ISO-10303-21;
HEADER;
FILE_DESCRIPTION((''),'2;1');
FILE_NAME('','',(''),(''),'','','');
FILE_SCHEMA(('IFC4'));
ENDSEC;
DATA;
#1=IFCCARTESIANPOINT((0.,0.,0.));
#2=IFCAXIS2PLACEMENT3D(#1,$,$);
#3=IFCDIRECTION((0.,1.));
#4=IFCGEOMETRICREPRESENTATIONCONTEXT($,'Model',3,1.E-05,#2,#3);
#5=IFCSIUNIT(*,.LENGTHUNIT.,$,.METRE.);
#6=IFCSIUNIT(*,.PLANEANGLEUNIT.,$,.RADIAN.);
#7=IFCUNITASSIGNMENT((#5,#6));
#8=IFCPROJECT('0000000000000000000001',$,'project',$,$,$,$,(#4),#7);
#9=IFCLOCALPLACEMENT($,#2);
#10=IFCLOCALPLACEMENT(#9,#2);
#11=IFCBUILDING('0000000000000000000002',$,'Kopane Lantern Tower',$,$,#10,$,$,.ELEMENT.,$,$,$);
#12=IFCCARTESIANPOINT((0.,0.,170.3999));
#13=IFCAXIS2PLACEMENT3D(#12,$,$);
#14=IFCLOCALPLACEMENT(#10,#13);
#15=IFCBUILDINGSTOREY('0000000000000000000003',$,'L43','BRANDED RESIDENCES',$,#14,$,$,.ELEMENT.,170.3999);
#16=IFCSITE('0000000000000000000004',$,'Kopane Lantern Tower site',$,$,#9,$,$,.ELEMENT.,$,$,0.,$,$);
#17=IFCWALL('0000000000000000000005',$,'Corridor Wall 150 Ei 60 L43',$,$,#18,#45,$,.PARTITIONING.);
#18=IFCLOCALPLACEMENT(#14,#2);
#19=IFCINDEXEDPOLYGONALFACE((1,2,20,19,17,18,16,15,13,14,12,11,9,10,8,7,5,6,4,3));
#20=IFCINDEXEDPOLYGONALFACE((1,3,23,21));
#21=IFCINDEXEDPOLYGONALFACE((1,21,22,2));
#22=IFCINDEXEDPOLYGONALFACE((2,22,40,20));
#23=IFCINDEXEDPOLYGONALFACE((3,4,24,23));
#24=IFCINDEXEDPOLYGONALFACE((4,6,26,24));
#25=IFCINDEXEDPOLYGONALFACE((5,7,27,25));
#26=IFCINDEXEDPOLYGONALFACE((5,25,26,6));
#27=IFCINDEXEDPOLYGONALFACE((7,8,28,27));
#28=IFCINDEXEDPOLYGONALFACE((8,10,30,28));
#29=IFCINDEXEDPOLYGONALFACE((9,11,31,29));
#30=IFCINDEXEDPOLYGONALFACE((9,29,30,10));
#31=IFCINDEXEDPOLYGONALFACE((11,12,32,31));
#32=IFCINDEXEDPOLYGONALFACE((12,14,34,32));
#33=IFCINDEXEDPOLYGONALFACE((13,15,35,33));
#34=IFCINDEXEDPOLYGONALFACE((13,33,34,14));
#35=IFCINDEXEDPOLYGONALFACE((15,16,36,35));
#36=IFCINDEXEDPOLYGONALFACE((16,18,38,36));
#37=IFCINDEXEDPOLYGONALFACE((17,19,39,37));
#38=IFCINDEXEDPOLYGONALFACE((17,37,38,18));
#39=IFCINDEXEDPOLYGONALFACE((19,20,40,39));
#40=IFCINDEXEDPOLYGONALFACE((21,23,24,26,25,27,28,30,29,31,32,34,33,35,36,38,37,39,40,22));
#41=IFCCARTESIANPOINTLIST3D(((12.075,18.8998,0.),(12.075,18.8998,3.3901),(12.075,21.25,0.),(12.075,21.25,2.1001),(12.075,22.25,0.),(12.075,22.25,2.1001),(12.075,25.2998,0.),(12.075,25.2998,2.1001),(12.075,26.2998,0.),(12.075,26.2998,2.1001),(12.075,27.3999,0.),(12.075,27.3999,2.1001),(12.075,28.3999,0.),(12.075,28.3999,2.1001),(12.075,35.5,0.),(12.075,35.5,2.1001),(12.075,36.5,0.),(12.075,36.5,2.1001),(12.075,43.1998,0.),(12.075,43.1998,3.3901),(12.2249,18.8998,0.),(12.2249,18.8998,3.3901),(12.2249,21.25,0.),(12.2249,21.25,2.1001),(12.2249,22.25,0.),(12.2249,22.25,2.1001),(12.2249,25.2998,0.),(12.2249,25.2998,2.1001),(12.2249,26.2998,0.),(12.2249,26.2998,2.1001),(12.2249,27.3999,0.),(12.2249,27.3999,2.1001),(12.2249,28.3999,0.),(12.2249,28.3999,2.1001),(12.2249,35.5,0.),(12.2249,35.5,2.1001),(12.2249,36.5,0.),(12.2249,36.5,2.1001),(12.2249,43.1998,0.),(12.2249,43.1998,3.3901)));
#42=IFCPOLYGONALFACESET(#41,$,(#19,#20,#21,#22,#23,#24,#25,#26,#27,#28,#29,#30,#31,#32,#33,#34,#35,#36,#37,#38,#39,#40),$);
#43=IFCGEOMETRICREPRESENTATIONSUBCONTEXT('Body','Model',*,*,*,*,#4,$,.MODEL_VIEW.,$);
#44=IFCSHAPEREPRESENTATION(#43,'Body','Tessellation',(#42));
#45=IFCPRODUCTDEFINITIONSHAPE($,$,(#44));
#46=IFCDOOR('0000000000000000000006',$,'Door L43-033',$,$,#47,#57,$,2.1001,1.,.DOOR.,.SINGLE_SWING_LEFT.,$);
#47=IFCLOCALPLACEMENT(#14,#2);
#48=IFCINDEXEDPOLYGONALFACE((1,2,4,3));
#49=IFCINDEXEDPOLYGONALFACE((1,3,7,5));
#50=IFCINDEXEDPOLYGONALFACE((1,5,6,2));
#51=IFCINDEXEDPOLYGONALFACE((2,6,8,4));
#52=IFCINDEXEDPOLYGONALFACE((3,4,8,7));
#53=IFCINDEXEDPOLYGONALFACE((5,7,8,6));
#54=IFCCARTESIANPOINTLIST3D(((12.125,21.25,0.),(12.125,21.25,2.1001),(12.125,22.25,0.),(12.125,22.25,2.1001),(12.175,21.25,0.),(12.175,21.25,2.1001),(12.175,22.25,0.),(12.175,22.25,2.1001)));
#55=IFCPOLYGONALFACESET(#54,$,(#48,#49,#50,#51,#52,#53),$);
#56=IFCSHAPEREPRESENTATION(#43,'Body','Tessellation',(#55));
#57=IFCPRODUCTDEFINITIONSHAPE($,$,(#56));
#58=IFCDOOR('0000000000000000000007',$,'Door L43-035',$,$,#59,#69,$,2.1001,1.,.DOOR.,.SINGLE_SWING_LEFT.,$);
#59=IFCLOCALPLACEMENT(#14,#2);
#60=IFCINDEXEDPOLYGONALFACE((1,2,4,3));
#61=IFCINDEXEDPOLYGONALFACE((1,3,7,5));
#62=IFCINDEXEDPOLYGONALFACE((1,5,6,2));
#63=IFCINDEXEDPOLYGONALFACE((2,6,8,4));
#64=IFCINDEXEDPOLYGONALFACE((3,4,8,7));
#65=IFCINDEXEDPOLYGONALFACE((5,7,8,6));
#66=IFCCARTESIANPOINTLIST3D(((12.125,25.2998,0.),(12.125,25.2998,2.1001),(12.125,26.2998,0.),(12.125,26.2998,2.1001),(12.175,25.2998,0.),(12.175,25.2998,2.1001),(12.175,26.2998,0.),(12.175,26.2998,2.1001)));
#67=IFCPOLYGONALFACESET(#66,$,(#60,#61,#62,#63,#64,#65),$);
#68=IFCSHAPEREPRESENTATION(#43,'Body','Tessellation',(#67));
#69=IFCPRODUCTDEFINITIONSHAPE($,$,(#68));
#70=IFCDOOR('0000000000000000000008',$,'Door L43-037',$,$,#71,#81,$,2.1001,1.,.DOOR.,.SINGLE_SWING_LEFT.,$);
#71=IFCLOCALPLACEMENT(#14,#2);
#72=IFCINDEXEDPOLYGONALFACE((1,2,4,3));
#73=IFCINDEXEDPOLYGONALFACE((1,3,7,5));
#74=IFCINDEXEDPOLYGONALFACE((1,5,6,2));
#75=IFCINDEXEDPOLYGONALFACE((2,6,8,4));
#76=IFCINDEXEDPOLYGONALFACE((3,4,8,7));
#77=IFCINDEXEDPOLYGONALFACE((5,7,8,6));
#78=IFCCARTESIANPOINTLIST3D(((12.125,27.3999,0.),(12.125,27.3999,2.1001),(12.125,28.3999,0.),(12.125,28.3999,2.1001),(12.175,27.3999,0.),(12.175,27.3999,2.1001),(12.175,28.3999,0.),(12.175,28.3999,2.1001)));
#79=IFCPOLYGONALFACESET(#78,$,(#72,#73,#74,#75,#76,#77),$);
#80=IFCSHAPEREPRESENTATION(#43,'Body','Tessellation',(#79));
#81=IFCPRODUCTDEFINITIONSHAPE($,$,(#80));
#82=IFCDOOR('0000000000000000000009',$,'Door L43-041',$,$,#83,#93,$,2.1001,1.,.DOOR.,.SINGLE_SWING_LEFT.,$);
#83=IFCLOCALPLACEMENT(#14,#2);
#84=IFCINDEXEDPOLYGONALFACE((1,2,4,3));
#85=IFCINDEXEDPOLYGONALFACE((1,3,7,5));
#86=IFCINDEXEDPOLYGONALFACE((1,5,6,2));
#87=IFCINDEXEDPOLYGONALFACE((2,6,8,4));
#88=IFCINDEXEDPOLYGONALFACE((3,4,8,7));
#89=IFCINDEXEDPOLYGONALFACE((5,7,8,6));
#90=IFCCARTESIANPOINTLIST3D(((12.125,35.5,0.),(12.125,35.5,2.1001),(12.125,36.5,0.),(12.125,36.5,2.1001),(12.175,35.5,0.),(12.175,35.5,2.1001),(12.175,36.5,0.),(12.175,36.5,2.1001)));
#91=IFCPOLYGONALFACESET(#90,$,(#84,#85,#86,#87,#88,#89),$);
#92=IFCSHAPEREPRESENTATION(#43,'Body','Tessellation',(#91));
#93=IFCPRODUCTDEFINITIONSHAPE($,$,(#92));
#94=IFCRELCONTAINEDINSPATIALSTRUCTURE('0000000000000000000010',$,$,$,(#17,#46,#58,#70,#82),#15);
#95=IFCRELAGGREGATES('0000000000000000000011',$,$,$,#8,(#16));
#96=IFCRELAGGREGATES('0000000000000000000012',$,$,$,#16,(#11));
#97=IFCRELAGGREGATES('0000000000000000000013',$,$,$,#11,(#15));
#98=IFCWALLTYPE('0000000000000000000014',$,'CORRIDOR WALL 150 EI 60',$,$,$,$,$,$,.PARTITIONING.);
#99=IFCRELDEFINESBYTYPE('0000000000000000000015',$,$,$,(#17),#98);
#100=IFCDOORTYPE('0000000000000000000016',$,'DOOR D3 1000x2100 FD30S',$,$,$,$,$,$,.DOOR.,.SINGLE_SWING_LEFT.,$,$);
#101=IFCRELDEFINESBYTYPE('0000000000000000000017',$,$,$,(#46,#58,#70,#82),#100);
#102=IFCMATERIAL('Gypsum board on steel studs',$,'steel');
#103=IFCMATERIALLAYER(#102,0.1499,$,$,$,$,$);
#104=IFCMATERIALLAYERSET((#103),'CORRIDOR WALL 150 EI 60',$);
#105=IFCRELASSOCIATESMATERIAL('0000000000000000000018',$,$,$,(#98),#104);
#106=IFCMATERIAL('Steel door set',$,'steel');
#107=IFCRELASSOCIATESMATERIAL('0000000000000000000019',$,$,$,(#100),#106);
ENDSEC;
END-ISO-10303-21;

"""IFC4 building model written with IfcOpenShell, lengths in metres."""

from ifc_helpers import new_model, si_unit, direction, frame, frame_2d, origin, place, context, subcontext, project, spatial, rectangle, extrude, material, layer, layer_set, type_object, element, fill, save


model = new_model("IFC4")

# Units and contexts
model_context = context("Model", 3, precision=1e-05, world=origin(), true_north=direction((0.0, 1.0)))
body_context = subcontext(model_context, "Body", "Model", "MODEL_VIEW")
ifc_project = project(units=[si_unit("LENGTHUNIT", "METRE"), si_unit("PLANEANGLEUNIT", "RADIAN")], contexts=[model_context])

# Site, building, storey
site_placement = place(None, origin())
site = spatial("IfcSite", under=ifc_project, at=site_placement, Name="Kopane Lantern Tower site", CompositionType="ELEMENT", RefElevation=0.0)
building_placement = place(site_placement, origin())
building = spatial("IfcBuilding", under=site, at=building_placement, Name="Kopane Lantern Tower", CompositionType="ELEMENT")
storey_placement = place(building_placement, frame((0.0, 0.0, 170.3999)))
storey = spatial("IfcBuildingStorey", under=building, at=storey_placement, Name="L43", Description="BRANDED RESIDENCES", CompositionType="ELEMENT", Elevation=170.3999)

# Wall, openings, doors
ifc_material_1 = material(Name="Gypsum board on steel studs", Category="steel")
ifc_layer_1 = layer(ifc_material_1, 0.1499)
ifc_layer_set_1 = layer_set([ifc_layer_1], Name="CORRIDOR WALL 150 EI 60")
wall_type_1 = type_object("IfcWallType", Name="CORRIDOR WALL 150 EI 60", PredefinedType="PARTITIONING", material=ifc_layer_set_1)
ifc_material_2 = material(Name="Steel door set", Category="steel")
door_type_1 = type_object("IfcDoorType", Name="DOOR D3 1000x2100 FD30S", OperationType="SINGLE_SWING_LEFT", PredefinedType="DOOR", material=ifc_material_2)
wall_1_placement = place(storey_placement, frame((12.1499, 18.8999, 0.0), z_axis=(0.0, 0.0, 1.0), x_axis=(0.0, 1.0, 0.0)))
wall_1 = element("IfcWall", 1, at=wall_1_placement, inside=storey, type_object=wall_type_1, Name="Corridor Wall 150 Ei 60 L43", PredefinedType="PARTITIONING", context=body_context, shape_type="SweptSolid", body=[
    extrude(rectangle(XDim=24.3, YDim=0.1499, at=frame_2d((12.1499, 0.0))), origin(), (0.0, 0.0, 1.0), 3.3901),
])
opening_1_placement = place(wall_1_placement, frame((2.3501, 0.0, 0.0)))
opening_1 = element("IfcOpeningElement", 2, at=opening_1_placement, cuts=wall_1, PredefinedType="OPENING", context=body_context, shape_type="SweptSolid", body=[
    extrude(rectangle(XDim=1.0, YDim=2.1001, at=frame_2d((0.5, 1.05))), frame((0.0, 0.085, 0.0), z_axis=(0.0, -1.0, 0.0), x_axis=(1.0, 0.0, 0.0)), (0.0, 0.0, 1.0), 0.1699),
])
opening_2_placement = place(wall_1_placement, frame((6.3999, 0.0, 0.0)))
opening_2 = element("IfcOpeningElement", 3, at=opening_2_placement, cuts=wall_1, PredefinedType="OPENING", context=body_context, shape_type="SweptSolid", body=[
    extrude(rectangle(XDim=1.0, YDim=2.1001, at=frame_2d((0.5, 1.05))), frame((0.0, 0.085, 0.0), z_axis=(0.0, -1.0, 0.0), x_axis=(1.0, 0.0, 0.0)), (0.0, 0.0, 1.0), 0.1699),
])
opening_3_placement = place(wall_1_placement, frame((8.5, 0.0, 0.0)))
opening_3 = element("IfcOpeningElement", 4, at=opening_3_placement, cuts=wall_1, PredefinedType="OPENING", context=body_context, shape_type="SweptSolid", body=[
    extrude(rectangle(XDim=1.0, YDim=2.1001, at=frame_2d((0.5, 1.05))), frame((0.0, 0.085, 0.0), z_axis=(0.0, -1.0, 0.0), x_axis=(1.0, 0.0, 0.0)), (0.0, 0.0, 1.0), 0.1699),
])
opening_4_placement = place(wall_1_placement, frame((16.6001, 0.0, 0.0)))
opening_4 = element("IfcOpeningElement", 5, at=opening_4_placement, cuts=wall_1, PredefinedType="OPENING", context=body_context, shape_type="SweptSolid", body=[
    extrude(rectangle(XDim=1.0, YDim=2.1001, at=frame_2d((0.5, 1.05))), frame((0.0, 0.085, 0.0), z_axis=(0.0, -1.0, 0.0), x_axis=(1.0, 0.0, 0.0)), (0.0, 0.0, 1.0), 0.1699),
])
door_1_placement = place(opening_1_placement, origin())
door_1 = element("IfcDoor", 6, at=door_1_placement, inside=storey, type_object=door_type_1, Name="Door L43-033", OperationType="SINGLE_SWING_LEFT", OverallHeight=2.1001, OverallWidth=1.0, PredefinedType="DOOR", context=body_context, shape_type="SweptSolid", body=[
    extrude(rectangle(XDim=1.0, YDim=2.1001, at=frame_2d((0.5, 1.05))), frame((0.0, 0.0249, 0.0), z_axis=(0.0, -1.0, 0.0), x_axis=(1.0, 0.0, 0.0)), (0.0, 0.0, 1.0), 0.05),
])
fill(opening_1, door_1)
door_2_placement = place(opening_2_placement, origin())
door_2 = element("IfcDoor", 7, at=door_2_placement, inside=storey, type_object=door_type_1, Name="Door L43-035", OperationType="SINGLE_SWING_LEFT", OverallHeight=2.1001, OverallWidth=1.0, PredefinedType="DOOR", context=body_context, shape_type="SweptSolid", body=[
    extrude(rectangle(XDim=1.0, YDim=2.1001, at=frame_2d((0.5, 1.05))), frame((0.0, 0.0249, 0.0), z_axis=(0.0, -1.0, 0.0), x_axis=(1.0, 0.0, 0.0)), (0.0, 0.0, 1.0), 0.05),
])
fill(opening_2, door_2)
door_3_placement = place(opening_3_placement, origin())
door_3 = element("IfcDoor", 8, at=door_3_placement, inside=storey, type_object=door_type_1, Name="Door L43-037", OperationType="SINGLE_SWING_LEFT", OverallHeight=2.1001, OverallWidth=1.0, PredefinedType="DOOR", context=body_context, shape_type="SweptSolid", body=[
    extrude(rectangle(XDim=1.0, YDim=2.1001, at=frame_2d((0.5, 1.05))), frame((0.0, 0.0249, 0.0), z_axis=(0.0, -1.0, 0.0), x_axis=(1.0, 0.0, 0.0)), (0.0, 0.0, 1.0), 0.05),
])
fill(opening_3, door_3)
door_4_placement = place(opening_4_placement, origin())
door_4 = element("IfcDoor", 9, at=door_4_placement, inside=storey, type_object=door_type_1, Name="Door L43-041", OperationType="SINGLE_SWING_LEFT", OverallHeight=2.1001, OverallWidth=1.0, PredefinedType="DOOR", context=body_context, shape_type="SweptSolid", body=[
    extrude(rectangle(XDim=1.0, YDim=2.1001, at=frame_2d((0.5, 1.05))), frame((0.0, 0.0249, 0.0), z_axis=(0.0, -1.0, 0.0), x_axis=(1.0, 0.0, 0.0)), (0.0, 0.0, 1.0), 0.05),
])
fill(opening_4, door_4)

save(model, "model.ifc")
